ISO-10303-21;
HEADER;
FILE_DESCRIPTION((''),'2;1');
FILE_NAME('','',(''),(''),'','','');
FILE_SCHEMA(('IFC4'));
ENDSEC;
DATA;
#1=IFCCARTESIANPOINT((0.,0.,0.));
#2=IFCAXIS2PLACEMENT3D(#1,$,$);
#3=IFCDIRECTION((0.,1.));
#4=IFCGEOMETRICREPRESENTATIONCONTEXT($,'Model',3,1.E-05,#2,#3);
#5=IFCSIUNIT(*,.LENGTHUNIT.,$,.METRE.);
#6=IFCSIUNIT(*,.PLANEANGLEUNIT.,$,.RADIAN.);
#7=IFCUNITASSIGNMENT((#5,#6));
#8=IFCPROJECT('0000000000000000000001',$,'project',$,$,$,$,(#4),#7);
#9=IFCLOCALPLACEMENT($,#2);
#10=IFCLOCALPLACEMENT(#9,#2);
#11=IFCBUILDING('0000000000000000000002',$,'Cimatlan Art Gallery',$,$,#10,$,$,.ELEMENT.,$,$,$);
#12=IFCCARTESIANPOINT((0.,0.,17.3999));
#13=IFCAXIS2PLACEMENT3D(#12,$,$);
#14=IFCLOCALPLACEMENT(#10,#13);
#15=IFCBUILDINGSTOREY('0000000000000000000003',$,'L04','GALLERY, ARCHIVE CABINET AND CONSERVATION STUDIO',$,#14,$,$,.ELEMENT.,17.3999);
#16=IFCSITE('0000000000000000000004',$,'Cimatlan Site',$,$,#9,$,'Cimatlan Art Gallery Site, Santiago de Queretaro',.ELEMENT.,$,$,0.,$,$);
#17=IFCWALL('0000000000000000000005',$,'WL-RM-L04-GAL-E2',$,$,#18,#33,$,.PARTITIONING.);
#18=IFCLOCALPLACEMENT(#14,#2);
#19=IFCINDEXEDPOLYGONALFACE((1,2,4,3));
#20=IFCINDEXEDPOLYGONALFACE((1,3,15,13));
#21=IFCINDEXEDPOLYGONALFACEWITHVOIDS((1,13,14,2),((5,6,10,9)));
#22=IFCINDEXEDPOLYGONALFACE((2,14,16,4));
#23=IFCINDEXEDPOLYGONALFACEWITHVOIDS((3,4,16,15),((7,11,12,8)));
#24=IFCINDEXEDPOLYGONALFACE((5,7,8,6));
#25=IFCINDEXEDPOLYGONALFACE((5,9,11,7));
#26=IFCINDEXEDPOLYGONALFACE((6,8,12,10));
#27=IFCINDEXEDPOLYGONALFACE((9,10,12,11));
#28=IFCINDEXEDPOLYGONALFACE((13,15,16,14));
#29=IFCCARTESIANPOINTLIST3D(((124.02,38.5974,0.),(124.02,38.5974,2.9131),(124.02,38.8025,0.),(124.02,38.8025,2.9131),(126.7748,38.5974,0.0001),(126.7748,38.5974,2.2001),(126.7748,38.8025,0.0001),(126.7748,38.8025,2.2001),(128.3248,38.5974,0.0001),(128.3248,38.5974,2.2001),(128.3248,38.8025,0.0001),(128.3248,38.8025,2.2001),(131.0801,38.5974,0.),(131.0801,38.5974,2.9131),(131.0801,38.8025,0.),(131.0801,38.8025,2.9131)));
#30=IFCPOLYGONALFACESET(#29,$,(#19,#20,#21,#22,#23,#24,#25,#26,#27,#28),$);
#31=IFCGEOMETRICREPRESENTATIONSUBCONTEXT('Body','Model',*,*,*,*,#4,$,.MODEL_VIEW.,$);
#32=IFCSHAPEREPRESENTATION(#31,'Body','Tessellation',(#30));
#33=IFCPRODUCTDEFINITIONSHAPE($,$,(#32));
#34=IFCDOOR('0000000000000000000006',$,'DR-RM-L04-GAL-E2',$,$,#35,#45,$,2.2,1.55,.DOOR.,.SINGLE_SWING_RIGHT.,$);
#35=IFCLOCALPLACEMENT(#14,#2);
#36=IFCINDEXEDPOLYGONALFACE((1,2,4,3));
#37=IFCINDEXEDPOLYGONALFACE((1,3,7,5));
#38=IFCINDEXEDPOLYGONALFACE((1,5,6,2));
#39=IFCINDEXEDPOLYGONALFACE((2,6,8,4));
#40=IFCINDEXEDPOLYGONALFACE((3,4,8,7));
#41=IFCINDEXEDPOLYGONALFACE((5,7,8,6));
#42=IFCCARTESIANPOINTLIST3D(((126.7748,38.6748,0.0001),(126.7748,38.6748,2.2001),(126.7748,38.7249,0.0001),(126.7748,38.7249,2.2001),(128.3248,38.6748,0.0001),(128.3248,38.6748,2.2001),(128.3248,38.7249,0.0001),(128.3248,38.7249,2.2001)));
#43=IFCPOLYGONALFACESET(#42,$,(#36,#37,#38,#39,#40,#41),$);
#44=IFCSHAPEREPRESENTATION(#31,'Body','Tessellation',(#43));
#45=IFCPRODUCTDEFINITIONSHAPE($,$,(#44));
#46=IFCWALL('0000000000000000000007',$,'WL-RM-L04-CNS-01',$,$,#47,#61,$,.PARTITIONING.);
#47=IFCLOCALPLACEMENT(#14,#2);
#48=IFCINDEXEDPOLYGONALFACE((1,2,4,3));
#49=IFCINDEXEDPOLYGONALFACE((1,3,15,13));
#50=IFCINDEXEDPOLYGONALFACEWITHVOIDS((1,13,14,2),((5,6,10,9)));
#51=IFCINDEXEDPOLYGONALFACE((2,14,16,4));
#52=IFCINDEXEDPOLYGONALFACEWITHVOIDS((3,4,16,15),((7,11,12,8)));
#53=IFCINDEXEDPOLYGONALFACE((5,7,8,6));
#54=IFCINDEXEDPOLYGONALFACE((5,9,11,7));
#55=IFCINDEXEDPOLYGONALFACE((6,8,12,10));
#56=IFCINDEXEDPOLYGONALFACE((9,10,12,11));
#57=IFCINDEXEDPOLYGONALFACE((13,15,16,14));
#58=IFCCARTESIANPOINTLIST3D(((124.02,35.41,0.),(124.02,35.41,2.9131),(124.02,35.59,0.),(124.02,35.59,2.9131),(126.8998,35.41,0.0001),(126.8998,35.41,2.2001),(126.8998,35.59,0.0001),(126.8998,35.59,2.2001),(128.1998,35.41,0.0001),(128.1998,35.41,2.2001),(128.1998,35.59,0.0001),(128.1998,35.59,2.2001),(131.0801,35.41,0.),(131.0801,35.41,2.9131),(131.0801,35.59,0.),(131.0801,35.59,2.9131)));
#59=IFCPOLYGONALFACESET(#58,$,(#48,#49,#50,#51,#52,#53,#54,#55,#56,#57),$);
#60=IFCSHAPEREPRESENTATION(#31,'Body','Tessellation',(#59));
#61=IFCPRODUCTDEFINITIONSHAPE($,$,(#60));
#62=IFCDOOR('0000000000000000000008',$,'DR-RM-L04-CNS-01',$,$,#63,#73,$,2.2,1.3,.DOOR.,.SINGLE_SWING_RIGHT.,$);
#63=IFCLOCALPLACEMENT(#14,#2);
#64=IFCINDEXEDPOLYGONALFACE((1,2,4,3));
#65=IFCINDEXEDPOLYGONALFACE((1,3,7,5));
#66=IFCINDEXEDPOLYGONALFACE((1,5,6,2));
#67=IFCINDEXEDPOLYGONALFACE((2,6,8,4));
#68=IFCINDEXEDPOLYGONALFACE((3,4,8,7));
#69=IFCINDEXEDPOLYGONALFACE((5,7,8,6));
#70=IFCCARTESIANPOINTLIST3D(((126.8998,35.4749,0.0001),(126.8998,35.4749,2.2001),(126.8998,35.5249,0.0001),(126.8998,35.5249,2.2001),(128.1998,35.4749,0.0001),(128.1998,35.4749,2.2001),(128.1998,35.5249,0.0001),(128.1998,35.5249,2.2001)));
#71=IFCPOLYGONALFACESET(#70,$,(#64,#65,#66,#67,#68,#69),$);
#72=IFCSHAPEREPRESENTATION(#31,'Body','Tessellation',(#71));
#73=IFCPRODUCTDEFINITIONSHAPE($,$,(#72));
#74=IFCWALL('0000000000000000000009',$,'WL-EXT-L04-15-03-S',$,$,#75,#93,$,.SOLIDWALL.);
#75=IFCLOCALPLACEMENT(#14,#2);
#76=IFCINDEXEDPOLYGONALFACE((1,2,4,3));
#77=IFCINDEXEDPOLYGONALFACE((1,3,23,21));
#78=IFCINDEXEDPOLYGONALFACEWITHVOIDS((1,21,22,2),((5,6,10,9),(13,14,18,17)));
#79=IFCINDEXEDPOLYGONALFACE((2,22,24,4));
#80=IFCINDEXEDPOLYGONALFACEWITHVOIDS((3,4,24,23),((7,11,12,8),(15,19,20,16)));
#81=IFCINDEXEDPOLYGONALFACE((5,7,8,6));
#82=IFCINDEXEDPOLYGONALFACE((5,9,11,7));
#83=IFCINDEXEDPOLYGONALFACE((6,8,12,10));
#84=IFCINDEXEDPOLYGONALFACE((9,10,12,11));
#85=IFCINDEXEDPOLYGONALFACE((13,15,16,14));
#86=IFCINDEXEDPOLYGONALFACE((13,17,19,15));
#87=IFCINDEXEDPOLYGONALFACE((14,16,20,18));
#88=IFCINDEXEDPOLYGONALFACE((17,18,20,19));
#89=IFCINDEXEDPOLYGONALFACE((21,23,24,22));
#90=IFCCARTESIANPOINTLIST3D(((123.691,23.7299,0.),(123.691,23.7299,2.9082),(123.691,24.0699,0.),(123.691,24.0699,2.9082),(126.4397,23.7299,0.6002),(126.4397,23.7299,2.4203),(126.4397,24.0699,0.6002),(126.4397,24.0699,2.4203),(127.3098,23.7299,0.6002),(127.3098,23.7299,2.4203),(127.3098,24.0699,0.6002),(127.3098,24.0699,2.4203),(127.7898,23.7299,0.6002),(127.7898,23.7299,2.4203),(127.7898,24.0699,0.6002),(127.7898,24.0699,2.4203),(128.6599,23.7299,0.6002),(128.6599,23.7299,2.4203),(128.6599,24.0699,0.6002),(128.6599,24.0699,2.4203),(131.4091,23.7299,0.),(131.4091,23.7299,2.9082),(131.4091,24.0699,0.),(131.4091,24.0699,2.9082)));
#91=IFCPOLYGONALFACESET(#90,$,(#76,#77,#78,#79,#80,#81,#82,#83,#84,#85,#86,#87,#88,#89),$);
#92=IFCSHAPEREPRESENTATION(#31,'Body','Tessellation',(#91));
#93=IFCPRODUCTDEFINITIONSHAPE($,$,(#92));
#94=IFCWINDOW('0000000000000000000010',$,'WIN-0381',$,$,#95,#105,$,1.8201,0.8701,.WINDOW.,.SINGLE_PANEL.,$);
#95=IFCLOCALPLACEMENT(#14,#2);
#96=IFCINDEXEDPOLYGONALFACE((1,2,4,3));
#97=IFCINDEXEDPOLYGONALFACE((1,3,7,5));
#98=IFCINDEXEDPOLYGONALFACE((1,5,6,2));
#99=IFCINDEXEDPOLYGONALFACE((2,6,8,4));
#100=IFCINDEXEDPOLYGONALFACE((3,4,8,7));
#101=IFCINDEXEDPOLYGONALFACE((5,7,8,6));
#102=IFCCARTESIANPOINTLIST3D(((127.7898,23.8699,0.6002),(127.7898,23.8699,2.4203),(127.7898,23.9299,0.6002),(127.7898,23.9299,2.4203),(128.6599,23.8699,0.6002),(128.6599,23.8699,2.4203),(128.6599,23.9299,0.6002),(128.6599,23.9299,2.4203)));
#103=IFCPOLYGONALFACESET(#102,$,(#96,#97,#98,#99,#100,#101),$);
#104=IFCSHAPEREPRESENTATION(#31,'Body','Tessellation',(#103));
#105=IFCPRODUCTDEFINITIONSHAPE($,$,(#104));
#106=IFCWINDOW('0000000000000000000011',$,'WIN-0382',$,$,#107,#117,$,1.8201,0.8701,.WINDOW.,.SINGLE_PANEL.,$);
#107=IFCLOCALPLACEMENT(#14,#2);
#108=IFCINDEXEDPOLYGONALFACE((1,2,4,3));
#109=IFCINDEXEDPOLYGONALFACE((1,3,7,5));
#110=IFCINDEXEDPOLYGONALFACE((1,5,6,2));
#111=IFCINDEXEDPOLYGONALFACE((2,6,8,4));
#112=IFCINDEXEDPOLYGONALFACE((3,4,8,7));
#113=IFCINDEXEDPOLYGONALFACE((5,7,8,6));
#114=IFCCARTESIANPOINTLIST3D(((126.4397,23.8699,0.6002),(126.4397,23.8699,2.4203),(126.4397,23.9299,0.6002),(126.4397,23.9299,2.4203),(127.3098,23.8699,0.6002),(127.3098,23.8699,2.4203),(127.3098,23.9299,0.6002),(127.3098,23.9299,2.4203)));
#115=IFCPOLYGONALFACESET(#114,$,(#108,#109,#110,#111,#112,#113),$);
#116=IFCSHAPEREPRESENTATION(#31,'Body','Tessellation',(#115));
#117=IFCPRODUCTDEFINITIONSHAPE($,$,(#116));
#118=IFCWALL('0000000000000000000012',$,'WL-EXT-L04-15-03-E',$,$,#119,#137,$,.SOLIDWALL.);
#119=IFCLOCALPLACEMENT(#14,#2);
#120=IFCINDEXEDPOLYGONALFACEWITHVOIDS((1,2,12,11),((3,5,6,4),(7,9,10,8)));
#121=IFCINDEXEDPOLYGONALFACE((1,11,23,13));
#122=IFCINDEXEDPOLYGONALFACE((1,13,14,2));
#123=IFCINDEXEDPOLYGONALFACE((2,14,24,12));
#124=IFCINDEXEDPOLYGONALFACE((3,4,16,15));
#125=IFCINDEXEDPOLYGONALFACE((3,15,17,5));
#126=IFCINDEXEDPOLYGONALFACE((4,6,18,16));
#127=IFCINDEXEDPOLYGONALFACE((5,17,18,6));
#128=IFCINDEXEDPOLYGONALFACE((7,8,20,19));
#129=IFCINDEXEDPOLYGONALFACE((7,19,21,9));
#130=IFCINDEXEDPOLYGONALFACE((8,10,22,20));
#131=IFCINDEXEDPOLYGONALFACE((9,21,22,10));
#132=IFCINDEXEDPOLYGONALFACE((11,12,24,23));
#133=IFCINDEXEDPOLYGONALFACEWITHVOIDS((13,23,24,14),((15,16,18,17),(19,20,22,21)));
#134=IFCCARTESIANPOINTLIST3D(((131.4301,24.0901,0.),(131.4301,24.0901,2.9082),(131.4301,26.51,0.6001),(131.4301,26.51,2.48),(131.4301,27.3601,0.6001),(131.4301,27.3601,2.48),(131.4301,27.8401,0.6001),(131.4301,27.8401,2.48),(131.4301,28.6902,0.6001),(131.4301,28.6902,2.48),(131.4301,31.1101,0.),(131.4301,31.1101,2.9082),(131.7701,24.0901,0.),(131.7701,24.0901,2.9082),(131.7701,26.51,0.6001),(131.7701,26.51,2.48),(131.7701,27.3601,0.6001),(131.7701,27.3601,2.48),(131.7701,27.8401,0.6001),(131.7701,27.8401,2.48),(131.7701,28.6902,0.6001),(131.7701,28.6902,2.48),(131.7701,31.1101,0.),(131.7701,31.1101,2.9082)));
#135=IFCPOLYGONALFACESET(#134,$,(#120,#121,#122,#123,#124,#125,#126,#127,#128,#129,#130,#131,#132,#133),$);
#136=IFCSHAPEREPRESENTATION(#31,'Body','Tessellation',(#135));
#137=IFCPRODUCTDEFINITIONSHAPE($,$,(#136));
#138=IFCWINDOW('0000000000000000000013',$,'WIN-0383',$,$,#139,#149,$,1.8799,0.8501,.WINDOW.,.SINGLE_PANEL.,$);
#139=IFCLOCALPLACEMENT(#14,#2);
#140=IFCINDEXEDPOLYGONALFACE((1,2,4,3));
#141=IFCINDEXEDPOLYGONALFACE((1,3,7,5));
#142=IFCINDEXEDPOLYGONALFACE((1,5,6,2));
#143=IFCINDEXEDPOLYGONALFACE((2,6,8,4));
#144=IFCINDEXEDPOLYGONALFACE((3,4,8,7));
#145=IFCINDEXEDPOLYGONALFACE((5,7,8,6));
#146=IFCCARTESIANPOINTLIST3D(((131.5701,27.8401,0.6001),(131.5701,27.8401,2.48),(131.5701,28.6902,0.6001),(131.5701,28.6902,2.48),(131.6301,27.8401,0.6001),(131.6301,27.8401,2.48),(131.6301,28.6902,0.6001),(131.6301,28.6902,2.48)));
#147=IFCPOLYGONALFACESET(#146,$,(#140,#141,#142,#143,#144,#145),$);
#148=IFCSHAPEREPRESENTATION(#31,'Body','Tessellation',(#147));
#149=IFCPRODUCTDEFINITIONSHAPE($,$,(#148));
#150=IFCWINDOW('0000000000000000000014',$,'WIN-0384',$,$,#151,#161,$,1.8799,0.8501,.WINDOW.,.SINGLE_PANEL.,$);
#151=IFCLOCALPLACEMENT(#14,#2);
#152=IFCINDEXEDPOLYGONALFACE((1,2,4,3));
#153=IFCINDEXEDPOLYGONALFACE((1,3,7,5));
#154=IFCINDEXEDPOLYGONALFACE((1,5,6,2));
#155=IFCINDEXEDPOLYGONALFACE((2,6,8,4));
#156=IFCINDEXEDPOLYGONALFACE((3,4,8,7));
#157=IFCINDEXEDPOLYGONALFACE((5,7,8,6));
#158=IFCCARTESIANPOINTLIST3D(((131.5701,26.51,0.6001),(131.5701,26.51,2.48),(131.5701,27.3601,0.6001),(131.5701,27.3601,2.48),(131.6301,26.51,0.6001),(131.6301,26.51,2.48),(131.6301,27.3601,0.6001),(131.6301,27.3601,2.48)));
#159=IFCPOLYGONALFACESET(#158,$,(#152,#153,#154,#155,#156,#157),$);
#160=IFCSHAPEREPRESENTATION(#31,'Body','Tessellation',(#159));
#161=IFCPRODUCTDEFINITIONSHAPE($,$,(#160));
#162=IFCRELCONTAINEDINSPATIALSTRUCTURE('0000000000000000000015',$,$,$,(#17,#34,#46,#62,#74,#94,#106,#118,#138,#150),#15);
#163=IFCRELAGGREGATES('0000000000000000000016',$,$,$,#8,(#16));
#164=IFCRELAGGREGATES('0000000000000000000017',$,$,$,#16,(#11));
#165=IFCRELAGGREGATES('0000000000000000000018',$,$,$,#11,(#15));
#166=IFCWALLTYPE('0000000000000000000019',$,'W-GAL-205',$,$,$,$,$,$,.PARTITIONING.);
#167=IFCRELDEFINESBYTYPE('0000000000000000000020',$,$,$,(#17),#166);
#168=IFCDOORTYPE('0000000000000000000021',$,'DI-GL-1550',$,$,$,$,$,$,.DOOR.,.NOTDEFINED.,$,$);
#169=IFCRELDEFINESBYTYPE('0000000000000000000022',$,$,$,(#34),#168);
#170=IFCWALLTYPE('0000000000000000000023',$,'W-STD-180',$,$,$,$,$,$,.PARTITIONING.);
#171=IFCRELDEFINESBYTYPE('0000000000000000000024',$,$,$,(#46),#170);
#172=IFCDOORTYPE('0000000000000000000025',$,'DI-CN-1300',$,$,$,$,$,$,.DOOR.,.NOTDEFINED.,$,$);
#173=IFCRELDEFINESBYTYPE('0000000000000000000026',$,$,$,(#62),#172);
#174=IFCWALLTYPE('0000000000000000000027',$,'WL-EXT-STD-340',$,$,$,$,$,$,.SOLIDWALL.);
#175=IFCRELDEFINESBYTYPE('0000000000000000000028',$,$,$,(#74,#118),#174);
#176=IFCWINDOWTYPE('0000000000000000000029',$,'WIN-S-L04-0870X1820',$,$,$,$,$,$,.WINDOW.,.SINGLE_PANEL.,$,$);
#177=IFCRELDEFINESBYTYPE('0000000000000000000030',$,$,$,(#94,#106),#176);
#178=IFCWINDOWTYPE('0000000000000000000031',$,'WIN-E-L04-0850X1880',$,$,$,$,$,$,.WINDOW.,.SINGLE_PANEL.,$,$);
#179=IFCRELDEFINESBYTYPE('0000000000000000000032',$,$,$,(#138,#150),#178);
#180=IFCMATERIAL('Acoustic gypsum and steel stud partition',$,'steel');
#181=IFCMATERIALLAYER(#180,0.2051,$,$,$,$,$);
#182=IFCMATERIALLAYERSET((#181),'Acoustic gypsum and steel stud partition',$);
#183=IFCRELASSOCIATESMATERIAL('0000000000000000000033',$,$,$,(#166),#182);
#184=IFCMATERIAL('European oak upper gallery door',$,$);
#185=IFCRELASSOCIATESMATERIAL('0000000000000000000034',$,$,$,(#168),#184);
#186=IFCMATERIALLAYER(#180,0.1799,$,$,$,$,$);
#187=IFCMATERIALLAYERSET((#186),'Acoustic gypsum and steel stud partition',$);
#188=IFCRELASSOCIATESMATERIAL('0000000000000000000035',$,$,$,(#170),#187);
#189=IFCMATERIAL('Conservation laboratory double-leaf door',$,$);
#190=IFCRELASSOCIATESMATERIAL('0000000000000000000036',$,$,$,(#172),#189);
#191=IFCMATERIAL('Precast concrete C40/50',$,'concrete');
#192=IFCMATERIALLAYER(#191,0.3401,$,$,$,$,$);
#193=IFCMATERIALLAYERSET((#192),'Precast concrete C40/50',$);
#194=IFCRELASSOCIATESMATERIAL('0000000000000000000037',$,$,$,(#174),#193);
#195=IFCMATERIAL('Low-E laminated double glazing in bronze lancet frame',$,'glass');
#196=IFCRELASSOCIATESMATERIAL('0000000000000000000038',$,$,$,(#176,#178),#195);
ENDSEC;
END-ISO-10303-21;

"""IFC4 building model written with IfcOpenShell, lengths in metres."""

from ifc_helpers import new_model, si_unit, direction, frame, frame_2d, origin, place, context, subcontext, project, spatial, rectangle, extrude, material, layer, layer_set, type_object, element, fill, save


model = new_model("IFC4")

# Units and contexts
model_context = context("Model", 3, precision=1e-05, world=origin(), true_north=direction((0.0, 1.0)))
body_context = subcontext(model_context, "Body", "Model", "MODEL_VIEW")
ifc_project = project(units=[si_unit("LENGTHUNIT", "METRE"), si_unit("PLANEANGLEUNIT", "RADIAN")], contexts=[model_context])

# Site, building, storey
site_placement = place(None, origin())
site = spatial("IfcSite", under=ifc_project, at=site_placement, Name="Cimatlan Site", LongName="Cimatlan Art Gallery Site, Santiago de Queretaro", CompositionType="ELEMENT", RefElevation=0.0)
building_placement = place(site_placement, origin())
building = spatial("IfcBuilding", under=site, at=building_placement, Name="Cimatlan Art Gallery", CompositionType="ELEMENT")
storey_placement = place(building_placement, frame((0.0, 0.0, 17.3999)))
storey = spatial("IfcBuildingStorey", under=building, at=storey_placement, Name="L04", Description="GALLERY, ARCHIVE CABINET AND CONSERVATION STUDIO", CompositionType="ELEMENT", Elevation=17.3999)

# Walls, openings, doors
ifc_material_1 = material(Name="Acoustic gypsum and steel stud partition", Category="steel")
ifc_layer_1 = layer(ifc_material_1, 0.2051)
ifc_layer_set_1 = layer_set([ifc_layer_1], Name="Acoustic gypsum and steel stud partition")
wall_type_1 = type_object("IfcWallType", Name="W-GAL-205", PredefinedType="PARTITIONING", material=ifc_layer_set_1)
wall_1_placement = place(storey_placement, frame((124.02, 38.7, 0.0), z_axis=(0.0, 0.0, 1.0), x_axis=(1.0, 0.0, 0.0)))
wall_1 = element("IfcWall", 1, at=wall_1_placement, inside=storey, type_object=wall_type_1, Name="WL-RM-L04-GAL-E2", PredefinedType="PARTITIONING", context=body_context, shape_type="SweptSolid", body=[
    extrude(rectangle(XDim=7.0601, YDim=0.2051, at=frame_2d((3.53, 0.0))), origin(), (0.0, 0.0, 1.0), 2.9131),
])
opening_1_placement = place(wall_1_placement, frame((2.7549, 0.0, 0.0)))
opening_1 = element("IfcOpeningElement", 2, at=opening_1_placement, cuts=wall_1, PredefinedType="OPENING", context=body_context, shape_type="SweptSolid", body=[
    extrude(rectangle(XDim=1.55, YDim=2.2, at=frame_2d((0.7749, 1.1001))), frame((0.0, 0.1125, 0.0), z_axis=(0.0, -1.0, 0.0), x_axis=(1.0, 0.0, 0.0)), (0.0, 0.0, 1.0), 0.2251),
])
ifc_material_2 = material(Name="European oak upper gallery door")
door_type_1 = type_object("IfcDoorType", Name="DI-GL-1550", OperationType="NOTDEFINED", PredefinedType="DOOR", material=ifc_material_2)
door_1_placement = place(opening_1_placement, origin())
door_1 = element("IfcDoor", 3, at=door_1_placement, inside=storey, type_object=door_type_1, Name="DR-RM-L04-GAL-E2", OperationType="SINGLE_SWING_RIGHT", OverallHeight=2.2, OverallWidth=1.55, PredefinedType="DOOR", context=body_context, shape_type="SweptSolid", body=[
    extrude(rectangle(XDim=1.55, YDim=2.2, at=frame_2d((0.7749, 1.1001))), frame((0.0, 0.0249, 0.0), z_axis=(0.0, -1.0, 0.0), x_axis=(1.0, 0.0, 0.0)), (0.0, 0.0, 1.0), 0.05),
])
fill(opening_1, door_1)
ifc_layer_2 = layer(ifc_material_1, 0.1799)
ifc_layer_set_2 = layer_set([ifc_layer_2], Name="Acoustic gypsum and steel stud partition")
wall_type_2 = type_object("IfcWallType", Name="W-STD-180", PredefinedType="PARTITIONING", material=ifc_layer_set_2)
wall_2_placement = place(storey_placement, frame((124.02, 35.5, 0.0), z_axis=(0.0, 0.0, 1.0), x_axis=(1.0, 0.0, 0.0)))
wall_2 = element("IfcWall", 4, at=wall_2_placement, inside=storey, type_object=wall_type_2, Name="WL-RM-L04-CNS-01", PredefinedType="PARTITIONING", context=body_context, shape_type="SweptSolid", body=[
    extrude(rectangle(XDim=7.0601, YDim=0.1799, at=frame_2d((3.53, 0.0))), origin(), (0.0, 0.0, 1.0), 2.9131),
])
opening_2_placement = place(wall_2_placement, frame((2.8799, 0.0, 0.0)))
opening_2 = element("IfcOpeningElement", 5, at=opening_2_placement, cuts=wall_2, PredefinedType="OPENING", context=body_context, shape_type="SweptSolid", body=[
    extrude(rectangle(XDim=1.3, YDim=2.2, at=frame_2d((0.6499, 1.1001))), frame((0.0, 0.1001, 0.0), z_axis=(0.0, -1.0, 0.0), x_axis=(1.0, 0.0, 0.0)), (0.0, 0.0, 1.0), 0.2),
])
ifc_material_3 = material(Name="Conservation laboratory double-leaf door")
door_type_2 = type_object("IfcDoorType", Name="DI-CN-1300", OperationType="NOTDEFINED", PredefinedType="DOOR", material=ifc_material_3)
door_2_placement = place(opening_2_placement, origin())
door_2 = element("IfcDoor", 6, at=door_2_placement, inside=storey, type_object=door_type_2, Name="DR-RM-L04-CNS-01", OperationType="SINGLE_SWING_RIGHT", OverallHeight=2.2, OverallWidth=1.3, PredefinedType="DOOR", context=body_context, shape_type="SweptSolid", body=[
    extrude(rectangle(XDim=1.3, YDim=2.2, at=frame_2d((0.6499, 1.1001))), frame((0.0, 0.0249, 0.0), z_axis=(0.0, -1.0, 0.0), x_axis=(1.0, 0.0, 0.0)), (0.0, 0.0, 1.0), 0.05),
])
fill(opening_2, door_2)

# Walls, openings, windows
ifc_material_4 = material(Name="Precast concrete C40/50", Category="concrete")
ifc_layer_3 = layer(ifc_material_4, 0.3401)
ifc_layer_set_3 = layer_set([ifc_layer_3], Name="Precast concrete C40/50")
wall_type_3 = type_object("IfcWallType", Name="WL-EXT-STD-340", PredefinedType="SOLIDWALL", material=ifc_layer_set_3)
wall_3_placement = place(storey_placement, frame((131.4089, 23.8999, 0.0), z_axis=(0.0, 0.0, 1.0), x_axis=(-1.0, 0.0, 0.0)))
wall_3 = element("IfcWall", 7, at=wall_3_placement, inside=storey, type_object=wall_type_3, Name="WL-EXT-L04-15-03-S", PredefinedType="SOLIDWALL", context=body_context, shape_type="SweptSolid", body=[
    extrude(rectangle(XDim=7.718, YDim=0.3401, at=frame_2d((3.8589, 0.0))), origin(), (0.0, 0.0, 1.0), 2.9082),
])
opening_3_placement = place(wall_3_placement, frame((2.749, 0.0, 0.6001)))
opening_3 = element("IfcOpeningElement", 8, at=opening_3_placement, cuts=wall_3, PredefinedType="OPENING", context=body_context, shape_type="SweptSolid", body=[
    extrude(rectangle(XDim=0.8701, YDim=1.8201, at=frame_2d((0.4351, 0.9102))), frame((0.0, 0.1802, 0.0), z_axis=(0.0, -1.0, 0.0), x_axis=(1.0, 0.0, 0.0)), (0.0, 0.0, 1.0), 0.3601),
])
opening_4_placement = place(wall_3_placement, frame((4.0991, 0.0, 0.6001)))
opening_4 = element("IfcOpeningElement", 9, at=opening_4_placement, cuts=wall_3, PredefinedType="OPENING", context=body_context, shape_type="SweptSolid", body=[
    extrude(rectangle(XDim=0.8701, YDim=1.8201, at=frame_2d((0.4351, 0.9102))), frame((0.0, 0.1802, 0.0), z_axis=(0.0, -1.0, 0.0), x_axis=(1.0, 0.0, 0.0)), (0.0, 0.0, 1.0), 0.3601),
])
ifc_material_5 = material(Name="Low-E laminated double glazing in bronze lancet frame", Category="glass")
window_type_1 = type_object("IfcWindowType", Name="WIN-S-L04-0870X1820", PartitioningType="SINGLE_PANEL", PredefinedType="WINDOW", material=ifc_material_5)
window_1_placement = place(opening_3_placement, origin())
window_1 = element("IfcWindow", 10, at=window_1_placement, inside=storey, type_object=window_type_1, Name="WIN-0381", OverallHeight=1.8201, OverallWidth=0.8701, PartitioningType="SINGLE_PANEL", PredefinedType="WINDOW", context=body_context, shape_type="SweptSolid", body=[
    extrude(rectangle(XDim=0.8701, YDim=1.8201, at=frame_2d((0.4351, 0.9102))), frame((0.0, 0.03, 0.0), z_axis=(0.0, -1.0, 0.0), x_axis=(1.0, 0.0, 0.0)), (0.0, 0.0, 1.0), 0.0601),
])
fill(opening_3, window_1)
window_2_placement = place(opening_4_placement, origin())
window_2 = element("IfcWindow", 11, at=window_2_placement, inside=storey, type_object=window_type_1, Name="WIN-0382", OverallHeight=1.8201, OverallWidth=0.8701, PartitioningType="SINGLE_PANEL", PredefinedType="WINDOW", context=body_context, shape_type="SweptSolid", body=[
    extrude(rectangle(XDim=0.8701, YDim=1.8201, at=frame_2d((0.4351, 0.9102))), frame((0.0, 0.03, 0.0), z_axis=(0.0, -1.0, 0.0), x_axis=(1.0, 0.0, 0.0)), (0.0, 0.0, 1.0), 0.0601),
])
fill(opening_4, window_2)
wall_4_placement = place(storey_placement, frame((131.6001, 31.1101, 0.0), z_axis=(0.0, 0.0, 1.0), x_axis=(0.0, -1.0, 0.0)))
wall_4 = element("IfcWall", 12, at=wall_4_placement, inside=storey, type_object=wall_type_3, Name="WL-EXT-L04-15-03-E", PredefinedType="SOLIDWALL", context=body_context, shape_type="SweptSolid", body=[
    extrude(rectangle(XDim=7.02, YDim=0.3401, at=frame_2d((3.51, 0.0))), origin(), (0.0, 0.0, 1.0), 2.9082),
])
opening_5_placement = place(wall_4_placement, frame((2.4199, 0.0, 0.6001)))
opening_5 = element("IfcOpeningElement", 13, at=opening_5_placement, cuts=wall_4, PredefinedType="OPENING", context=body_context, shape_type="SweptSolid", body=[
    extrude(rectangle(XDim=0.8501, YDim=1.8799, at=frame_2d((0.425, 0.9399))), frame((0.0, 0.1802, 0.0), z_axis=(0.0, -1.0, 0.0), x_axis=(1.0, 0.0, 0.0)), (0.0, 0.0, 1.0), 0.3601),
])
opening_6_placement = place(wall_4_placement, frame((3.75, 0.0, 0.6001)))
opening_6 = element("IfcOpeningElement", 14, at=opening_6_placement, cuts=wall_4, PredefinedType="OPENING", context=body_context, shape_type="SweptSolid", body=[
    extrude(rectangle(XDim=0.8501, YDim=1.8799, at=frame_2d((0.425, 0.9399))), frame((0.0, 0.1802, 0.0), z_axis=(0.0, -1.0, 0.0), x_axis=(1.0, 0.0, 0.0)), (0.0, 0.0, 1.0), 0.3601),
])
window_type_2 = type_object("IfcWindowType", Name="WIN-E-L04-0850X1880", PartitioningType="SINGLE_PANEL", PredefinedType="WINDOW", material=ifc_material_5)
window_3_placement = place(opening_5_placement, origin())
window_3 = element("IfcWindow", 15, at=window_3_placement, inside=storey, type_object=window_type_2, Name="WIN-0383", OverallHeight=1.8799, OverallWidth=0.8501, PartitioningType="SINGLE_PANEL", PredefinedType="WINDOW", context=body_context, shape_type="SweptSolid", body=[
    extrude(rectangle(XDim=0.8501, YDim=1.8799, at=frame_2d((0.425, 0.9399))), frame((0.0, 0.03, 0.0), z_axis=(0.0, -1.0, 0.0), x_axis=(1.0, 0.0, 0.0)), (0.0, 0.0, 1.0), 0.0601),
])
fill(opening_5, window_3)
window_4_placement = place(opening_6_placement, origin())
window_4 = element("IfcWindow", 16, at=window_4_placement, inside=storey, type_object=window_type_2, Name="WIN-0384", OverallHeight=1.8799, OverallWidth=0.8501, PartitioningType="SINGLE_PANEL", PredefinedType="WINDOW", context=body_context, shape_type="SweptSolid", body=[
    extrude(rectangle(XDim=0.8501, YDim=1.8799, at=frame_2d((0.425, 0.9399))), frame((0.0, 0.03, 0.0), z_axis=(0.0, -1.0, 0.0), x_axis=(1.0, 0.0, 0.0)), (0.0, 0.0, 1.0), 0.0601),
])
fill(opening_6, window_4)

save(model, "model.ifc")
